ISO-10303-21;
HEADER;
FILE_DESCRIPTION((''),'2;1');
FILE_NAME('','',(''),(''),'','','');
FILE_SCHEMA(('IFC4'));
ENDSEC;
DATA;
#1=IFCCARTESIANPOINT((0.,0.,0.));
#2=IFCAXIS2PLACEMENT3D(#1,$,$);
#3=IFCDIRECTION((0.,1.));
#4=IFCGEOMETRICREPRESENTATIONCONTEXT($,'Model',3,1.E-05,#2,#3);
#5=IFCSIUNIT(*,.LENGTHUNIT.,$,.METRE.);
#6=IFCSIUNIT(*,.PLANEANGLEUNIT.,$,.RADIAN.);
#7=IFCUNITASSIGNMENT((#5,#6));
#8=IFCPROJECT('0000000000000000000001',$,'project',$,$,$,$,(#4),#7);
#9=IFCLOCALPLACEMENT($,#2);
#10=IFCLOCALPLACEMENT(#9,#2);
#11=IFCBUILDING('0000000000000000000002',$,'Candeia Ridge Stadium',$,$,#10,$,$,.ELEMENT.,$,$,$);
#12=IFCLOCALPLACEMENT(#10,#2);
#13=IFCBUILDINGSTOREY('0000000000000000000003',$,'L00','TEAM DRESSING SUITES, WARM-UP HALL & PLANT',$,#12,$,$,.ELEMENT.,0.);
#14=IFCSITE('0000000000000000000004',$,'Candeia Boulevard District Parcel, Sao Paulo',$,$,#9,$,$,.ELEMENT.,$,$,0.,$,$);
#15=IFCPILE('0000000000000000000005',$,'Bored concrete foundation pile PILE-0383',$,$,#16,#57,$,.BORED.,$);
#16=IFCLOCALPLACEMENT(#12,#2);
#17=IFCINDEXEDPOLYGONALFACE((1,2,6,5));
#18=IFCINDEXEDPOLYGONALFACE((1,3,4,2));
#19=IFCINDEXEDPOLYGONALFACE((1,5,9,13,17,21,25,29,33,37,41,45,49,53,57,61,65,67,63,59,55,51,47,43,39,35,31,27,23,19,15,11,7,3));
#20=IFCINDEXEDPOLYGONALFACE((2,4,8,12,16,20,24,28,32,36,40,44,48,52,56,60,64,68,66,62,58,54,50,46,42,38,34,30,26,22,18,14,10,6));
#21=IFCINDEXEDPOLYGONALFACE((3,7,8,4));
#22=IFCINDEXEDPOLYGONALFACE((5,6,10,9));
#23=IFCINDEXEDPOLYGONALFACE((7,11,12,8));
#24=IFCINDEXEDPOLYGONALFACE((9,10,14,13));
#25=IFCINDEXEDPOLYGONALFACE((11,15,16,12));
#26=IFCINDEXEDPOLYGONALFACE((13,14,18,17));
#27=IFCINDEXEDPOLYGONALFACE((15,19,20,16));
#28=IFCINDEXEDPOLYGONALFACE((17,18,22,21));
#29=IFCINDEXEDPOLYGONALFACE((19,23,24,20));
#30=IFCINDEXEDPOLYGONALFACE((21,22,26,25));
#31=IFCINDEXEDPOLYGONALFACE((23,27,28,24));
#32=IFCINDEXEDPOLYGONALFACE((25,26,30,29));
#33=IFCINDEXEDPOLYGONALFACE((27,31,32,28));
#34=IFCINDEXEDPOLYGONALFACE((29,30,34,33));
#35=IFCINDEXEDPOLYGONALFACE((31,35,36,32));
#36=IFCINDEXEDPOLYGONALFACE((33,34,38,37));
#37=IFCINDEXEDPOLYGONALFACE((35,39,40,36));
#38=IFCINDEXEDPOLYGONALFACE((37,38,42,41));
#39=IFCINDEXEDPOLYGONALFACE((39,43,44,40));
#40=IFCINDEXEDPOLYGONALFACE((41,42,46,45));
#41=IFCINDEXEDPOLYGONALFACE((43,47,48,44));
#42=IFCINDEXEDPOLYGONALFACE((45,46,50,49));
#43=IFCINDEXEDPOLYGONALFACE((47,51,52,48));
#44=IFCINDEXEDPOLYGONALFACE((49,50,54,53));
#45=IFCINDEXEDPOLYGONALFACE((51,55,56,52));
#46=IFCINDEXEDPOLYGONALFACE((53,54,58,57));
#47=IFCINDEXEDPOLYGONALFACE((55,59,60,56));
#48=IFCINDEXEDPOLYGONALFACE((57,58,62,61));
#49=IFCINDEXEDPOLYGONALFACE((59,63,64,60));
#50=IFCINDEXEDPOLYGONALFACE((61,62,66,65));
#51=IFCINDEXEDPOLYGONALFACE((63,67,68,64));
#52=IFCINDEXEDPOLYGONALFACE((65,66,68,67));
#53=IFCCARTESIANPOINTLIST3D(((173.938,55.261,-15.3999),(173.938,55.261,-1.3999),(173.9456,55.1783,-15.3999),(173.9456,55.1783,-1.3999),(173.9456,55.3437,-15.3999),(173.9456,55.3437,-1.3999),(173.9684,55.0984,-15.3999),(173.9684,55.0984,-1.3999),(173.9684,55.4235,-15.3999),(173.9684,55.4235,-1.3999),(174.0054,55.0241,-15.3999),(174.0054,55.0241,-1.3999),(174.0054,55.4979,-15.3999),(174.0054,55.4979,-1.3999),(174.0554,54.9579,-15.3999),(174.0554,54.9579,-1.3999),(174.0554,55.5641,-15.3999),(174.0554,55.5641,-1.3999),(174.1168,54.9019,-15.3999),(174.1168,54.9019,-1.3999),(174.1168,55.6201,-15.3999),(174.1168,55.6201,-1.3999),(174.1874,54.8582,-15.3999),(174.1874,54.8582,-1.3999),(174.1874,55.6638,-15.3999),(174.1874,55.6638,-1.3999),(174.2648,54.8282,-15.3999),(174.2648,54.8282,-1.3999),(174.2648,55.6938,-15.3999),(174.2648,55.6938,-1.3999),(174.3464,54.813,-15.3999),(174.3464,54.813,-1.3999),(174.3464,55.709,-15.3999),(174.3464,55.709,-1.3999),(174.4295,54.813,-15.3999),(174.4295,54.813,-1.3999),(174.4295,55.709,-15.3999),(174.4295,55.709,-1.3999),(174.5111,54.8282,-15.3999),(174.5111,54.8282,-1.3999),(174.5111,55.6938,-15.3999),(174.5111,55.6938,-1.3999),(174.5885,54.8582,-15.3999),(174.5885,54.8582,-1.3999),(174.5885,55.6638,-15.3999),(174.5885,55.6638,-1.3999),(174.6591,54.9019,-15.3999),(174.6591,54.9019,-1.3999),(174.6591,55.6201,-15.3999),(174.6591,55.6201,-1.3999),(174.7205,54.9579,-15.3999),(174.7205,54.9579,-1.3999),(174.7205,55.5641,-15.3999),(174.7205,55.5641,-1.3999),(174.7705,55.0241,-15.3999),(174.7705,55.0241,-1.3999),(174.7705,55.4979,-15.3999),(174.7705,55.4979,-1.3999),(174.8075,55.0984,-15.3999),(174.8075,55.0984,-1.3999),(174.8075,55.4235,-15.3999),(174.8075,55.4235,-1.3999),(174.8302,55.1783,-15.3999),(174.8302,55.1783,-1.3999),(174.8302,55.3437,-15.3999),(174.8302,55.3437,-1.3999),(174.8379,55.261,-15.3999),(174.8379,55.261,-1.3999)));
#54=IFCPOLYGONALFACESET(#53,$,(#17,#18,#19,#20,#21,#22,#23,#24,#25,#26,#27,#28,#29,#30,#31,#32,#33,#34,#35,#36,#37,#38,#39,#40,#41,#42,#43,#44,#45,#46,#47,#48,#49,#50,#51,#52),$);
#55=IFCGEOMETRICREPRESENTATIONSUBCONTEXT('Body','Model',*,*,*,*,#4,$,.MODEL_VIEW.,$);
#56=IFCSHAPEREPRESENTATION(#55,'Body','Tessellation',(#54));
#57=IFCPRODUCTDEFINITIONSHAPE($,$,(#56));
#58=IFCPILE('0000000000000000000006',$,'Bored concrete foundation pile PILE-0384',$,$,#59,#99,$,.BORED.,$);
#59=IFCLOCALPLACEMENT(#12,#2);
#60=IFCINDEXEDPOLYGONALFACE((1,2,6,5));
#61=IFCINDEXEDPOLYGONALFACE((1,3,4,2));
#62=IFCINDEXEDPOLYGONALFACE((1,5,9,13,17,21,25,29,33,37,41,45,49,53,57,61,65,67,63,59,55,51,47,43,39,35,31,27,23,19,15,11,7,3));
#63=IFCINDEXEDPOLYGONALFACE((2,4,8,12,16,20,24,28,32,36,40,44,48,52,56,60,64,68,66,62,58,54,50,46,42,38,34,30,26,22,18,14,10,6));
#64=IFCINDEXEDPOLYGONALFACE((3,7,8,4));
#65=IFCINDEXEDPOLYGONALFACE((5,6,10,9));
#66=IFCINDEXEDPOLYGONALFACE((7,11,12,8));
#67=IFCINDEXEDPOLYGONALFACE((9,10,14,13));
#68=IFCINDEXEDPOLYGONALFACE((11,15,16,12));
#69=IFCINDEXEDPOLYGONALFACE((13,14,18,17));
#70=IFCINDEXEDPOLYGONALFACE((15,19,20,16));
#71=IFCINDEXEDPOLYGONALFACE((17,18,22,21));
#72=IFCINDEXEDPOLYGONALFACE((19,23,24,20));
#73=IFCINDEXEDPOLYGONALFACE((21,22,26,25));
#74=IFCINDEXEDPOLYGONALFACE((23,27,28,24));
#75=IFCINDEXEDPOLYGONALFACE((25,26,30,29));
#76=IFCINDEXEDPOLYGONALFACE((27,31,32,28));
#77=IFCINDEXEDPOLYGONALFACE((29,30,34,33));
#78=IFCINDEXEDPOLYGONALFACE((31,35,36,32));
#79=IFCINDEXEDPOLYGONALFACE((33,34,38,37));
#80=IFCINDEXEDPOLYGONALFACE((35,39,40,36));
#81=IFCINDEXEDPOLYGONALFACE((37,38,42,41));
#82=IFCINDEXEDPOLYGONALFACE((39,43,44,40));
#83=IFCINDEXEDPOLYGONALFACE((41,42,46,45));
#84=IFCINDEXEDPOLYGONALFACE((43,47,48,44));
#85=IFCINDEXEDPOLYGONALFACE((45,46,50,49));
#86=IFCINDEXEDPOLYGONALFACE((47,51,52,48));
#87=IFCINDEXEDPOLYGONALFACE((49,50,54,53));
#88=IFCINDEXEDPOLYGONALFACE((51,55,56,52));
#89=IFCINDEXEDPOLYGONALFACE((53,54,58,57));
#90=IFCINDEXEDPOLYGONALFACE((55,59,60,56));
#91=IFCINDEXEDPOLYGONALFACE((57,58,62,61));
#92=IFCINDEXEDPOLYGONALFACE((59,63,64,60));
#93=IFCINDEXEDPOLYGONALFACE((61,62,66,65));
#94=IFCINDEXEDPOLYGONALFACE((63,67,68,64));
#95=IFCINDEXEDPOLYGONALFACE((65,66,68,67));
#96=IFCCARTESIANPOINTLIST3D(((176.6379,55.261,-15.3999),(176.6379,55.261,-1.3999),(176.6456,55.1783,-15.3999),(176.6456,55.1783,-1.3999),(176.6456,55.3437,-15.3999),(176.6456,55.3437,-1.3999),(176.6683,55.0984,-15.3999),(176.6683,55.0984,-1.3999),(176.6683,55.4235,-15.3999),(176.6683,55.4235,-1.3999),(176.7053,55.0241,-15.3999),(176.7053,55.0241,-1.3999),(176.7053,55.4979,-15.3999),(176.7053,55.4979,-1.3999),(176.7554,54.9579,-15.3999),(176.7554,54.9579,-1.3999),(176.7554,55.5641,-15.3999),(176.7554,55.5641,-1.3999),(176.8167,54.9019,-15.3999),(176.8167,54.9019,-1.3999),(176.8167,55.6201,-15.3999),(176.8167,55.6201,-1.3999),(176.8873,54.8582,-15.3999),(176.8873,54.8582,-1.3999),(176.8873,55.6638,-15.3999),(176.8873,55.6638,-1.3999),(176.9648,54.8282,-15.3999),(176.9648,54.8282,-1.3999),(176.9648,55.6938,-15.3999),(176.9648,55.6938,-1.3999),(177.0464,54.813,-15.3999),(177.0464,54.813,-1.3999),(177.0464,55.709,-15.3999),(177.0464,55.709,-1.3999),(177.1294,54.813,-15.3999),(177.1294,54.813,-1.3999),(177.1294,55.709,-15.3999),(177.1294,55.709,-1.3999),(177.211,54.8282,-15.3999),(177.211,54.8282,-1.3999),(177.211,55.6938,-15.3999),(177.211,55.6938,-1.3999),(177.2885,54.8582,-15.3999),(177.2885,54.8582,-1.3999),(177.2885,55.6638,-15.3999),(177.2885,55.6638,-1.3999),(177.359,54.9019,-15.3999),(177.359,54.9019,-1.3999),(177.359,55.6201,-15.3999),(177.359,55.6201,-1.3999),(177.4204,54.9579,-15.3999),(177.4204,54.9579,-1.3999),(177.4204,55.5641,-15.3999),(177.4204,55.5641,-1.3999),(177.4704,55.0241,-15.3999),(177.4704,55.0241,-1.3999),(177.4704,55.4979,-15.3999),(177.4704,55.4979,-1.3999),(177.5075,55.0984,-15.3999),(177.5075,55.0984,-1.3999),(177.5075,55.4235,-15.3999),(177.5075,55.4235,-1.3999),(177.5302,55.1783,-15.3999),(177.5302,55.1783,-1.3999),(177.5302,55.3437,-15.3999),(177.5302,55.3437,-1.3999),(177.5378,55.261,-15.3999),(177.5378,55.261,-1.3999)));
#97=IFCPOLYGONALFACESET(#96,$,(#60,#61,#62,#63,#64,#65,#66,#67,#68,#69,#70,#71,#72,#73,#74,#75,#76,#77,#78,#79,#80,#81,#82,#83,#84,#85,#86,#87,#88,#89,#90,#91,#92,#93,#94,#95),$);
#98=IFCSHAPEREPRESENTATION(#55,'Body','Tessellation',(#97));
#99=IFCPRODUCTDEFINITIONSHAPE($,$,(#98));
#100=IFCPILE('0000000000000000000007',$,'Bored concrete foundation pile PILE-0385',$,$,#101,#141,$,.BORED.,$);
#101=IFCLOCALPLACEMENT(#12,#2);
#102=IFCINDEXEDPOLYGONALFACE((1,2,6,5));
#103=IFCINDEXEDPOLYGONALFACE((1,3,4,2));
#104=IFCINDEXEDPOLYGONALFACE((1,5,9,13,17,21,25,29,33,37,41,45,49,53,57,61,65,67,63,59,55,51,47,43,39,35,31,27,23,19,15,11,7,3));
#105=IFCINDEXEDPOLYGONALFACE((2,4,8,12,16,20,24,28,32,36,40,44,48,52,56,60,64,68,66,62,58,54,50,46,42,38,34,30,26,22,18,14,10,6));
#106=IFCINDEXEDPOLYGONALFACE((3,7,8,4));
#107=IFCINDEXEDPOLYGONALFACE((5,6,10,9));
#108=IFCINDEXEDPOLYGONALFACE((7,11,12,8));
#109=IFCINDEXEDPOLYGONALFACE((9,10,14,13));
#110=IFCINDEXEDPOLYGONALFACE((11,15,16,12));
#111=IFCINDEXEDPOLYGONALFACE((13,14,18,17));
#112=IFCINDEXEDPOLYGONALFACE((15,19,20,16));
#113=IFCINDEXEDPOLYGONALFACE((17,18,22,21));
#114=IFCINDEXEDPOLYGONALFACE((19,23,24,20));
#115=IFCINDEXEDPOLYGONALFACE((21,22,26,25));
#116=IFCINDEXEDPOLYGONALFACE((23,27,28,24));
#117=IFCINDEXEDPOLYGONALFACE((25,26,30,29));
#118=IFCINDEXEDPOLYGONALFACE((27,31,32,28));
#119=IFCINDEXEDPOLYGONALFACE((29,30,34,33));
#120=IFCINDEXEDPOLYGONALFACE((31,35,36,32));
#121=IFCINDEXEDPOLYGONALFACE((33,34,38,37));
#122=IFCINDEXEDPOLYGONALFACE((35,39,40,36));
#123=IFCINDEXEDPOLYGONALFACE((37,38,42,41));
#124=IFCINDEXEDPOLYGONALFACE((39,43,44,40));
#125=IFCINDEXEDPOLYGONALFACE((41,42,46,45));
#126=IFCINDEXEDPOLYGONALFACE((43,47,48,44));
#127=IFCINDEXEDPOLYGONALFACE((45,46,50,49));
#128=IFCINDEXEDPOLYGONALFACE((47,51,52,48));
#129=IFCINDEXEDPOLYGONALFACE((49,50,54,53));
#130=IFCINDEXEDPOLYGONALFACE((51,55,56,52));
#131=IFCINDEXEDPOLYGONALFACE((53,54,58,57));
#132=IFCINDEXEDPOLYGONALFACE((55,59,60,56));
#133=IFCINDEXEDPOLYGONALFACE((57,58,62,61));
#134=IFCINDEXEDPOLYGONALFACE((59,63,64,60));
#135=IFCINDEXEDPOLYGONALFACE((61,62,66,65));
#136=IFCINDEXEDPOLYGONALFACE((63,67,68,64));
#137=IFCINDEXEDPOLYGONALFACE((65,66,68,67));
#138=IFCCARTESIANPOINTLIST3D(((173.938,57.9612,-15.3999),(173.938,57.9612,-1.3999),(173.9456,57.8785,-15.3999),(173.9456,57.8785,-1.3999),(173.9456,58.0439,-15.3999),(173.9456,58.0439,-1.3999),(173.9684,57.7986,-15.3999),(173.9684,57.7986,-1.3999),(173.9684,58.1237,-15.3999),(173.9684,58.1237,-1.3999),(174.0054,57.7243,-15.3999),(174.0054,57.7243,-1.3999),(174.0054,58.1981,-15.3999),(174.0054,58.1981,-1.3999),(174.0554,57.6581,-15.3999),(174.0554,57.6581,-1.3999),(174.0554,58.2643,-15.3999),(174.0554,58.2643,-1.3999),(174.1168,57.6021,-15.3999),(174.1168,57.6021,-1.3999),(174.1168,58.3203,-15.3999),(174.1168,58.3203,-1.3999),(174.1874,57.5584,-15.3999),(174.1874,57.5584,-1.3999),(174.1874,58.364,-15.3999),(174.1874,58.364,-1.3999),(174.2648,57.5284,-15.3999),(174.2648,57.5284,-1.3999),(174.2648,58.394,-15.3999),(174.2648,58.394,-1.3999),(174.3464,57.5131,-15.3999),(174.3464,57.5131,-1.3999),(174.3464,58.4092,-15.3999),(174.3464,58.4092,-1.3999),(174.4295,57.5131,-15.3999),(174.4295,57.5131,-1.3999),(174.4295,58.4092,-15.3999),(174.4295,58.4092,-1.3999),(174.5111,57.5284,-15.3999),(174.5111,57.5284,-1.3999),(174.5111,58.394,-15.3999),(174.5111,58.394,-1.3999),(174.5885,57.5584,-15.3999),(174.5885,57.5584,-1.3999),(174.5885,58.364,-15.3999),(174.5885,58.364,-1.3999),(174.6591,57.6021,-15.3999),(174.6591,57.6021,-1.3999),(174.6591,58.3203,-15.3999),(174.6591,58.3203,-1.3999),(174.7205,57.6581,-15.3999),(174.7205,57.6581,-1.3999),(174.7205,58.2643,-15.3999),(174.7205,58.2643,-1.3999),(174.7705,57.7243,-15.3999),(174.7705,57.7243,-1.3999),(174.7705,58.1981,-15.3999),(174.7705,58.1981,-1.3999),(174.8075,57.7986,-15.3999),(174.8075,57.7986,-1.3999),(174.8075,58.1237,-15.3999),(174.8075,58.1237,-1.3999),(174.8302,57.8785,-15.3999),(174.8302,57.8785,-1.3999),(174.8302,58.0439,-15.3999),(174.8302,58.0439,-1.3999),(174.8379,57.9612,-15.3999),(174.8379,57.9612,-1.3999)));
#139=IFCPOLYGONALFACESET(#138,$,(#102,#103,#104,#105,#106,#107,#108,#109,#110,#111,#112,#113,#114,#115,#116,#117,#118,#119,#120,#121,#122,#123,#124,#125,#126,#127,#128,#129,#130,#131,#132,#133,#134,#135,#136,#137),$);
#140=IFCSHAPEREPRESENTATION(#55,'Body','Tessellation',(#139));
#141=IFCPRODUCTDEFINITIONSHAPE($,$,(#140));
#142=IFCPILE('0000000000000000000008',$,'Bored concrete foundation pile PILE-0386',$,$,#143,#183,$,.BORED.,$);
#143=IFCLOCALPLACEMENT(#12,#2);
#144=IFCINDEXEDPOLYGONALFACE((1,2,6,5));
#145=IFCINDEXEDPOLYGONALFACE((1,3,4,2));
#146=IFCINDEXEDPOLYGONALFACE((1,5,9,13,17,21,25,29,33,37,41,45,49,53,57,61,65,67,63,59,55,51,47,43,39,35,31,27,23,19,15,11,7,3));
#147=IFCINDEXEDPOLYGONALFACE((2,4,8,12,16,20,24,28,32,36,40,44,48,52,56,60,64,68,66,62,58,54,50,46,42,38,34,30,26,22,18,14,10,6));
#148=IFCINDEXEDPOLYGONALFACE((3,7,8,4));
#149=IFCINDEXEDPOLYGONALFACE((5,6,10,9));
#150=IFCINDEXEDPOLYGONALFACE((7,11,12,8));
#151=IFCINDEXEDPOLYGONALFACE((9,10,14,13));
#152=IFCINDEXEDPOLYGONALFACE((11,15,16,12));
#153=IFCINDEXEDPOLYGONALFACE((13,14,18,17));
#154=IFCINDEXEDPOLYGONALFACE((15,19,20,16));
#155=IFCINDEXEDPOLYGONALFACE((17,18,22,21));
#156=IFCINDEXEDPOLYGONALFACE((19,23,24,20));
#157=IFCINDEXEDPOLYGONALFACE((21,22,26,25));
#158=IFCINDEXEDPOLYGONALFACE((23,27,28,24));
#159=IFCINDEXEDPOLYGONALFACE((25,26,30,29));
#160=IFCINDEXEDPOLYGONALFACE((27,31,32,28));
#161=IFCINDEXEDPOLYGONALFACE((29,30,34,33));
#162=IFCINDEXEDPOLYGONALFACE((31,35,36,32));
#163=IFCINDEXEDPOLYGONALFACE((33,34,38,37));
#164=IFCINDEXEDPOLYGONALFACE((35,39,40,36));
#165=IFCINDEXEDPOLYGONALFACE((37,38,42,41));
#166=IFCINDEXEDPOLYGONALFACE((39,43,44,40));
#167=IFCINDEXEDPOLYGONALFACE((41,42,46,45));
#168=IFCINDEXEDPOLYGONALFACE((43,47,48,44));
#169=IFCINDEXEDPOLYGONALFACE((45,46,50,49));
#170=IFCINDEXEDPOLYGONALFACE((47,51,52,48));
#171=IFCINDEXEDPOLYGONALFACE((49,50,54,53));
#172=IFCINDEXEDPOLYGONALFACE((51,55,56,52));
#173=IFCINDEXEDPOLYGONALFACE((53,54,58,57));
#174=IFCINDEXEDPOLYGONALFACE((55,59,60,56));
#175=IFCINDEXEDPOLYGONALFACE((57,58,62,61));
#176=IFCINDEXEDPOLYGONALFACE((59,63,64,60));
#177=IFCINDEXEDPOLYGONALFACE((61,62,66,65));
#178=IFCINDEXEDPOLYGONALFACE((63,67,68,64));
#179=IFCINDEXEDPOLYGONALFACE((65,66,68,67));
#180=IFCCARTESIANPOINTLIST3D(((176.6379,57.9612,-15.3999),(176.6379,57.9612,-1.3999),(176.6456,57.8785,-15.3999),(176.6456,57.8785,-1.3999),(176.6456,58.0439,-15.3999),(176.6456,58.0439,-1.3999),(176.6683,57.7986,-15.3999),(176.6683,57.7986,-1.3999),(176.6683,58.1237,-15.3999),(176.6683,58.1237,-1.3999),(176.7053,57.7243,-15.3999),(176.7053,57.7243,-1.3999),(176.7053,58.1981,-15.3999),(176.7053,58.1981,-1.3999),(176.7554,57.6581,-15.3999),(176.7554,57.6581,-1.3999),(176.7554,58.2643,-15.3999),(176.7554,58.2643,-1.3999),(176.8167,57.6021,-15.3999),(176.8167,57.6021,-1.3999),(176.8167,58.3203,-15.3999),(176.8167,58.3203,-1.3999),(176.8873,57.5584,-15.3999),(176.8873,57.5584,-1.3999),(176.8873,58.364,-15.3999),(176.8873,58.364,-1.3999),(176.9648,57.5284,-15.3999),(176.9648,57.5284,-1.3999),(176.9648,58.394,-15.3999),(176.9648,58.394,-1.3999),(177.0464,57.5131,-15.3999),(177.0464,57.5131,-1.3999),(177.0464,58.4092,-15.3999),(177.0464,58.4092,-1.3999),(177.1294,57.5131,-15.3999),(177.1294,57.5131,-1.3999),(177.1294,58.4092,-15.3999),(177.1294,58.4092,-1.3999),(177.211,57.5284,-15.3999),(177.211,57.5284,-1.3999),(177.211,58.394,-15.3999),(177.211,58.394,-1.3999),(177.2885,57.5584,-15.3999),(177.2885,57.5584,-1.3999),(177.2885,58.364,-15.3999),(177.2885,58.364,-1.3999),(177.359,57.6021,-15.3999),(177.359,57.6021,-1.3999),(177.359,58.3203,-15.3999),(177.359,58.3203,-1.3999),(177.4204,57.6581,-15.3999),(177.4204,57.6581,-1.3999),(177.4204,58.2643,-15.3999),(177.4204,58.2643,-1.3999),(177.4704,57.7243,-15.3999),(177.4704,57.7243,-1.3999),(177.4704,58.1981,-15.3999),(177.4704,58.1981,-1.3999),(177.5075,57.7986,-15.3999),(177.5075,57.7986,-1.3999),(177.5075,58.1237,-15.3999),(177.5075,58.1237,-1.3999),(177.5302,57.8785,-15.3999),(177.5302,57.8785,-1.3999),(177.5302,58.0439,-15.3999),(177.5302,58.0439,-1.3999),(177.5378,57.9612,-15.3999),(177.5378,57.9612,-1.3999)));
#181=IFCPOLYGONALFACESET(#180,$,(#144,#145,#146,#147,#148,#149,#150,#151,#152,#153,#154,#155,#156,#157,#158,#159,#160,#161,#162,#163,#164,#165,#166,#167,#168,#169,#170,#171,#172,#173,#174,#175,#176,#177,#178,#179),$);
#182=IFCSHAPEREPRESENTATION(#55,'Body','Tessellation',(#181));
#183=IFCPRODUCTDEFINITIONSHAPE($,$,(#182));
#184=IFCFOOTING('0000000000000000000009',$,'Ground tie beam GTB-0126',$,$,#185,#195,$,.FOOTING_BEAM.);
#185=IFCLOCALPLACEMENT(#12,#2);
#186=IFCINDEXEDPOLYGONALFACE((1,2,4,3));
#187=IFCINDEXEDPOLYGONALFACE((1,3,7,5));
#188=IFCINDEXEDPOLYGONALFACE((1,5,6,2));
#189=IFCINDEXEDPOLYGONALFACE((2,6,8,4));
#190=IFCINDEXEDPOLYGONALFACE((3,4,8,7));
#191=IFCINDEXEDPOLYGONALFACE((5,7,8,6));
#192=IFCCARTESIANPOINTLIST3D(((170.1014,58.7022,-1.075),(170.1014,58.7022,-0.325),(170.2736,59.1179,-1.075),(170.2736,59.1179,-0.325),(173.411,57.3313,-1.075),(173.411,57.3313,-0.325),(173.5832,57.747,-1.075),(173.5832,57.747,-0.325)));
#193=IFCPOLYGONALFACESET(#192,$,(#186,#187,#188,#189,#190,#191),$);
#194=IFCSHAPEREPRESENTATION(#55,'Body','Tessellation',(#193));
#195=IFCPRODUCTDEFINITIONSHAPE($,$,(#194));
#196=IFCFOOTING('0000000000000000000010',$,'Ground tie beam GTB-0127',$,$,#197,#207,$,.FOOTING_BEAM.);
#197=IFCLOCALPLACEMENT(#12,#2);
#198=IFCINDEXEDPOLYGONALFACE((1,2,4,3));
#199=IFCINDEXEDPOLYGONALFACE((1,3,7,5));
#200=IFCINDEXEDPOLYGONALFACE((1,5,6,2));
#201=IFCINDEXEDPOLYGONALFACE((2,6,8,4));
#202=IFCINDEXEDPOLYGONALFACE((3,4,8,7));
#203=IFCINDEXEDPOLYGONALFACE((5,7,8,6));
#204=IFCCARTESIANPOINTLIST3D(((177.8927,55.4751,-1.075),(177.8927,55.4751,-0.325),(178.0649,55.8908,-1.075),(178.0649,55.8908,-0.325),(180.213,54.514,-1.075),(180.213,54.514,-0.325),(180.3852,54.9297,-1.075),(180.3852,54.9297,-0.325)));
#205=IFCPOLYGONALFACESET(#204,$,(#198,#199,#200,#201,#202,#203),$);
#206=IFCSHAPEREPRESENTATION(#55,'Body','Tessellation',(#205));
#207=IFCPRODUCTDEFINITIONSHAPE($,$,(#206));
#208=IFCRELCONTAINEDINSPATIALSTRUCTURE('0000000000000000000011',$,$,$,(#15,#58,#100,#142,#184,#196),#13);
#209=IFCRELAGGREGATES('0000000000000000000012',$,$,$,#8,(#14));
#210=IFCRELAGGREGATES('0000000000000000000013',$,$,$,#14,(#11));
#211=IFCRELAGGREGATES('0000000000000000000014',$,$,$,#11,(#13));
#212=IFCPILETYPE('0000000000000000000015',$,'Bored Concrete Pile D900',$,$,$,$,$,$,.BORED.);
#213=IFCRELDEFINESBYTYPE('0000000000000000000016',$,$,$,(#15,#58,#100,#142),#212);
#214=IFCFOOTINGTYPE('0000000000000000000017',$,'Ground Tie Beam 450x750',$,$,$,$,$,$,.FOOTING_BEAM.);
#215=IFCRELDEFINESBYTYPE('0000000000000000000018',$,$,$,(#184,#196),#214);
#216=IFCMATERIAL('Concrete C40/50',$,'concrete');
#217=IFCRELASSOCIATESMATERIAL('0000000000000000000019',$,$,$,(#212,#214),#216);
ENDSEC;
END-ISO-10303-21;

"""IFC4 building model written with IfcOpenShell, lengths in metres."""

from ifc_helpers import new_model, si_unit, direction, frame, origin, origin_2d, place, context, subcontext, project, spatial, rectangle, circle, extrude, material, material_profile, profile_set, type_object, element, save


model = new_model("IFC4")

# Units and contexts
model_context = context("Model", 3, precision=1e-05, world=origin(), true_north=direction((0.0, 1.0)))
body_context = subcontext(model_context, "Body", "Model", "MODEL_VIEW")
ifc_project = project(units=[si_unit("LENGTHUNIT", "METRE"), si_unit("PLANEANGLEUNIT", "RADIAN")], contexts=[model_context])

# Site, building, storey
site_placement = place(None, origin())
site = spatial("IfcSite", under=ifc_project, at=site_placement, Name="Candeia Boulevard District Parcel, Sao Paulo", CompositionType="ELEMENT", RefElevation=0.0)
building_placement = place(site_placement, origin())
building = spatial("IfcBuilding", under=site, at=building_placement, Name="Candeia Ridge Stadium", CompositionType="ELEMENT")
storey_placement = place(building_placement, origin())
storey = spatial("IfcBuildingStorey", under=building, at=storey_placement, Name="L00", Description="TEAM DRESSING SUITES, WARM-UP HALL & PLANT", CompositionType="ELEMENT", Elevation=0.0)

# Piles
ifc_material_1 = material(Name="Concrete C40/50", Category="concrete")
ifc_material_profile_1 = material_profile(ifc_material_1, circle(Radius=0.45, at=origin_2d()), Name="PILE-D900", Category="concrete")
ifc_profile_set_1 = profile_set([ifc_material_profile_1], Name="Concrete C40/50")
pile_type_1 = type_object("IfcPileType", Name="Bored Concrete Pile D900", PredefinedType="BORED", material=ifc_profile_set_1)
for number, where, z_axis, x_axis, name in (
    (1, (174.3879, 55.261, -1.3999), (0.0, 0.0, -1.0), (1.0, 0.0, 0.0), "Bored concrete foundation pile PILE-0383"),
    (2, (177.0879, 55.261, -1.3999), (0.0, 0.0, -1.0), (1.0, 0.0, 0.0), "Bored concrete foundation pile PILE-0384"),
    (3, (174.3879, 57.9612, -1.3999), (0.0, 0.0, -1.0), (1.0, 0.0, 0.0), "Bored concrete foundation pile PILE-0385"),
    (4, (177.0879, 57.9612, -1.3999), (0.0, 0.0, -1.0), (1.0, 0.0, 0.0), "Bored concrete foundation pile PILE-0386"),
):
    element("IfcPile", number, at=place(storey_placement, frame(where, z_axis=z_axis, x_axis=x_axis)), inside=storey, type_object=pile_type_1, Name=name, PredefinedType="BORED", context=body_context, shape_type="SweptSolid", body=[
        extrude(circle(Radius=0.45, at=origin_2d()), origin(), (0.0, 0.0, 1.0), 14.0),
    ])

# Footings
footing_type_1 = type_object("IfcFootingType", Name="Ground Tie Beam 450x750", PredefinedType="FOOTING_BEAM", material=ifc_material_1)
footing_1_placement = place(storey_placement, frame((171.8423, 58.2246, -1.075), z_axis=(0.0, 0.0, 1.0), x_axis=(0.923883, -0.382674, 0.0)))
element("IfcFooting", 5, at=footing_1_placement, inside=storey, type_object=footing_type_1, Name="Ground tie beam GTB-0126", PredefinedType="FOOTING_BEAM", context=body_context, shape_type="SweptSolid", body=[
    extrude(rectangle(XDim=3.5823, YDim=0.45, at=origin_2d()), origin(), (0.0, 0.0, 1.0), 0.75),
])
footing_2_placement = place(storey_placement, frame((179.1389, 55.2024, -1.075), z_axis=(0.0, 0.0, 1.0), x_axis=(0.923885, -0.382669, 0.0)))
element("IfcFooting", 6, at=footing_2_placement, inside=storey, type_object=footing_type_1, Name="Ground tie beam GTB-0127", PredefinedType="FOOTING_BEAM", context=body_context, shape_type="SweptSolid", body=[
    extrude(rectangle(XDim=2.5115, YDim=0.45, at=origin_2d()), origin(), (0.0, 0.0, 1.0), 0.75),
])

save(model, "model.ifc")
